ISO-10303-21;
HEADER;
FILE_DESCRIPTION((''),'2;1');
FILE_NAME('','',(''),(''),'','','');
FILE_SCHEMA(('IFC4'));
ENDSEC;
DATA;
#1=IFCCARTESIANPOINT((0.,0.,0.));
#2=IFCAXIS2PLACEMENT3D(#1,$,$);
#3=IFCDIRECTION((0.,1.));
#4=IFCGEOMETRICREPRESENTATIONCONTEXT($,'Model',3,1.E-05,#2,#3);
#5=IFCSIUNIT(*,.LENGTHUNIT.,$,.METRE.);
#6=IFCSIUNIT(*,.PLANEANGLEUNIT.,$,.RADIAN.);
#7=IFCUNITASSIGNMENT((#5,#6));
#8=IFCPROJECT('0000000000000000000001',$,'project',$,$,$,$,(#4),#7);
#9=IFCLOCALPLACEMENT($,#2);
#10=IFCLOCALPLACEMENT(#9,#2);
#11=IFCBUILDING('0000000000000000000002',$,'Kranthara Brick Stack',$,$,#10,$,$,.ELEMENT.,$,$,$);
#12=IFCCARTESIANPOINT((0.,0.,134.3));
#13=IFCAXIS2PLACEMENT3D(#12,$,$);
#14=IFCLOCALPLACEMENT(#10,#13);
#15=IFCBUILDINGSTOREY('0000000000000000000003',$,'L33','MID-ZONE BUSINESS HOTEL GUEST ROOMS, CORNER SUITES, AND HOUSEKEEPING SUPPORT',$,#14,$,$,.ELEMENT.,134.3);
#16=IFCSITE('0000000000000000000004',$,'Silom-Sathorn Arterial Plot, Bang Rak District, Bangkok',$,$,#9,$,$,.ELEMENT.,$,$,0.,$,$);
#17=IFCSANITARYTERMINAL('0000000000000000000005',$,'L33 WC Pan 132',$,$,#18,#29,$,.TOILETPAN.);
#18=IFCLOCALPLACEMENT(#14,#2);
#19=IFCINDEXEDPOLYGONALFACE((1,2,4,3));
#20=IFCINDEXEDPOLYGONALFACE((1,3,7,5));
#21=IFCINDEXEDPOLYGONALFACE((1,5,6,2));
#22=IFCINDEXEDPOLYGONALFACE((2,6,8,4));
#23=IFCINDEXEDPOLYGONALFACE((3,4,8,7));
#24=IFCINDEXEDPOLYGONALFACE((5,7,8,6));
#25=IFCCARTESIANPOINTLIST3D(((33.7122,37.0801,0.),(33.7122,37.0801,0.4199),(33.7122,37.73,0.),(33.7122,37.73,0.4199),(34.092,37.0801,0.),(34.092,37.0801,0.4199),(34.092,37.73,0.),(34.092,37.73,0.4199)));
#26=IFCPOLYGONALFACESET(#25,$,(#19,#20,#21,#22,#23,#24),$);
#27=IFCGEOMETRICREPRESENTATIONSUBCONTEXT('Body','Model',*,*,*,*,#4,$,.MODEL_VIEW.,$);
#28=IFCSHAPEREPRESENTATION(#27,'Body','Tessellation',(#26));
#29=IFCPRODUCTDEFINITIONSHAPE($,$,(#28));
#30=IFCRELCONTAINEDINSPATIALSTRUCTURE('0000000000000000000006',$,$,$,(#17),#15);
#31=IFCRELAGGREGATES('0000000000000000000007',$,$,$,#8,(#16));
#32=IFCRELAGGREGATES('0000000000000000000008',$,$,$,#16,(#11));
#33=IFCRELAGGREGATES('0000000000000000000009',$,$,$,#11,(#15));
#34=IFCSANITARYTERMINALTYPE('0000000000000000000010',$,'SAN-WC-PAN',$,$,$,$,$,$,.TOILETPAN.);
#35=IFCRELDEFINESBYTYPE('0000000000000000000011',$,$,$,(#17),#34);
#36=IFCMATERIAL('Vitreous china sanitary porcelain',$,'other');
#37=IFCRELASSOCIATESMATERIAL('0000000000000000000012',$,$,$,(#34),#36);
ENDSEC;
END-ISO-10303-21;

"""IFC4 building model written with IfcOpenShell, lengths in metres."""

from ifc_helpers import new_model, si_unit, direction, frame, origin, origin_2d, place, context, subcontext, project, spatial, rectangle, extrude, material, type_object, element, save


model = new_model("IFC4")

# Units and contexts
model_context = context("Model", 3, precision=1e-05, world=origin(), true_north=direction((0.0, 1.0)))
body_context = subcontext(model_context, "Body", "Model", "MODEL_VIEW")
ifc_project = project(units=[si_unit("LENGTHUNIT", "METRE"), si_unit("PLANEANGLEUNIT", "RADIAN")], contexts=[model_context])

# Site, building, storey
site_placement = place(None, origin())
site = spatial("IfcSite", under=ifc_project, at=site_placement, Name="Silom-Sathorn Arterial Plot, Bang Rak District, Bangkok", CompositionType="ELEMENT", RefElevation=0.0)
building_placement = place(site_placement, origin())
building = spatial("IfcBuilding", under=site, at=building_placement, Name="Kranthara Brick Stack", CompositionType="ELEMENT")
storey_placement = place(building_placement, frame((0.0, 0.0, 134.3)))
storey = spatial("IfcBuildingStorey", under=building, at=storey_placement, Name="L33", Description="MID-ZONE BUSINESS HOTEL GUEST ROOMS, CORNER SUITES, AND HOUSEKEEPING SUPPORT", CompositionType="ELEMENT", Elevation=134.3)

# Sanitary terminal
ifc_material_1 = material(Name="Vitreous china sanitary porcelain", Category="other")
sanitary_terminal_type_1 = type_object("IfcSanitaryTerminalType", Name="SAN-WC-PAN", PredefinedType="TOILETPAN", material=ifc_material_1)
sanitary_terminal_1_placement = place(storey_placement, frame((33.9021, 37.405, 0.0), z_axis=(0.0, 0.0, 1.0), x_axis=(1.0, 0.0, 0.0)))
element("IfcSanitaryTerminal", 1, at=sanitary_terminal_1_placement, inside=storey, type_object=sanitary_terminal_type_1, Name="L33 WC Pan 132", PredefinedType="TOILETPAN", context=body_context, shape_type="SweptSolid", body=[
    extrude(rectangle(XDim=0.3799, YDim=0.6499, at=origin_2d()), origin(), (0.0, 0.0, 1.0), 0.4199),
])

save(model, "model.ifc")
